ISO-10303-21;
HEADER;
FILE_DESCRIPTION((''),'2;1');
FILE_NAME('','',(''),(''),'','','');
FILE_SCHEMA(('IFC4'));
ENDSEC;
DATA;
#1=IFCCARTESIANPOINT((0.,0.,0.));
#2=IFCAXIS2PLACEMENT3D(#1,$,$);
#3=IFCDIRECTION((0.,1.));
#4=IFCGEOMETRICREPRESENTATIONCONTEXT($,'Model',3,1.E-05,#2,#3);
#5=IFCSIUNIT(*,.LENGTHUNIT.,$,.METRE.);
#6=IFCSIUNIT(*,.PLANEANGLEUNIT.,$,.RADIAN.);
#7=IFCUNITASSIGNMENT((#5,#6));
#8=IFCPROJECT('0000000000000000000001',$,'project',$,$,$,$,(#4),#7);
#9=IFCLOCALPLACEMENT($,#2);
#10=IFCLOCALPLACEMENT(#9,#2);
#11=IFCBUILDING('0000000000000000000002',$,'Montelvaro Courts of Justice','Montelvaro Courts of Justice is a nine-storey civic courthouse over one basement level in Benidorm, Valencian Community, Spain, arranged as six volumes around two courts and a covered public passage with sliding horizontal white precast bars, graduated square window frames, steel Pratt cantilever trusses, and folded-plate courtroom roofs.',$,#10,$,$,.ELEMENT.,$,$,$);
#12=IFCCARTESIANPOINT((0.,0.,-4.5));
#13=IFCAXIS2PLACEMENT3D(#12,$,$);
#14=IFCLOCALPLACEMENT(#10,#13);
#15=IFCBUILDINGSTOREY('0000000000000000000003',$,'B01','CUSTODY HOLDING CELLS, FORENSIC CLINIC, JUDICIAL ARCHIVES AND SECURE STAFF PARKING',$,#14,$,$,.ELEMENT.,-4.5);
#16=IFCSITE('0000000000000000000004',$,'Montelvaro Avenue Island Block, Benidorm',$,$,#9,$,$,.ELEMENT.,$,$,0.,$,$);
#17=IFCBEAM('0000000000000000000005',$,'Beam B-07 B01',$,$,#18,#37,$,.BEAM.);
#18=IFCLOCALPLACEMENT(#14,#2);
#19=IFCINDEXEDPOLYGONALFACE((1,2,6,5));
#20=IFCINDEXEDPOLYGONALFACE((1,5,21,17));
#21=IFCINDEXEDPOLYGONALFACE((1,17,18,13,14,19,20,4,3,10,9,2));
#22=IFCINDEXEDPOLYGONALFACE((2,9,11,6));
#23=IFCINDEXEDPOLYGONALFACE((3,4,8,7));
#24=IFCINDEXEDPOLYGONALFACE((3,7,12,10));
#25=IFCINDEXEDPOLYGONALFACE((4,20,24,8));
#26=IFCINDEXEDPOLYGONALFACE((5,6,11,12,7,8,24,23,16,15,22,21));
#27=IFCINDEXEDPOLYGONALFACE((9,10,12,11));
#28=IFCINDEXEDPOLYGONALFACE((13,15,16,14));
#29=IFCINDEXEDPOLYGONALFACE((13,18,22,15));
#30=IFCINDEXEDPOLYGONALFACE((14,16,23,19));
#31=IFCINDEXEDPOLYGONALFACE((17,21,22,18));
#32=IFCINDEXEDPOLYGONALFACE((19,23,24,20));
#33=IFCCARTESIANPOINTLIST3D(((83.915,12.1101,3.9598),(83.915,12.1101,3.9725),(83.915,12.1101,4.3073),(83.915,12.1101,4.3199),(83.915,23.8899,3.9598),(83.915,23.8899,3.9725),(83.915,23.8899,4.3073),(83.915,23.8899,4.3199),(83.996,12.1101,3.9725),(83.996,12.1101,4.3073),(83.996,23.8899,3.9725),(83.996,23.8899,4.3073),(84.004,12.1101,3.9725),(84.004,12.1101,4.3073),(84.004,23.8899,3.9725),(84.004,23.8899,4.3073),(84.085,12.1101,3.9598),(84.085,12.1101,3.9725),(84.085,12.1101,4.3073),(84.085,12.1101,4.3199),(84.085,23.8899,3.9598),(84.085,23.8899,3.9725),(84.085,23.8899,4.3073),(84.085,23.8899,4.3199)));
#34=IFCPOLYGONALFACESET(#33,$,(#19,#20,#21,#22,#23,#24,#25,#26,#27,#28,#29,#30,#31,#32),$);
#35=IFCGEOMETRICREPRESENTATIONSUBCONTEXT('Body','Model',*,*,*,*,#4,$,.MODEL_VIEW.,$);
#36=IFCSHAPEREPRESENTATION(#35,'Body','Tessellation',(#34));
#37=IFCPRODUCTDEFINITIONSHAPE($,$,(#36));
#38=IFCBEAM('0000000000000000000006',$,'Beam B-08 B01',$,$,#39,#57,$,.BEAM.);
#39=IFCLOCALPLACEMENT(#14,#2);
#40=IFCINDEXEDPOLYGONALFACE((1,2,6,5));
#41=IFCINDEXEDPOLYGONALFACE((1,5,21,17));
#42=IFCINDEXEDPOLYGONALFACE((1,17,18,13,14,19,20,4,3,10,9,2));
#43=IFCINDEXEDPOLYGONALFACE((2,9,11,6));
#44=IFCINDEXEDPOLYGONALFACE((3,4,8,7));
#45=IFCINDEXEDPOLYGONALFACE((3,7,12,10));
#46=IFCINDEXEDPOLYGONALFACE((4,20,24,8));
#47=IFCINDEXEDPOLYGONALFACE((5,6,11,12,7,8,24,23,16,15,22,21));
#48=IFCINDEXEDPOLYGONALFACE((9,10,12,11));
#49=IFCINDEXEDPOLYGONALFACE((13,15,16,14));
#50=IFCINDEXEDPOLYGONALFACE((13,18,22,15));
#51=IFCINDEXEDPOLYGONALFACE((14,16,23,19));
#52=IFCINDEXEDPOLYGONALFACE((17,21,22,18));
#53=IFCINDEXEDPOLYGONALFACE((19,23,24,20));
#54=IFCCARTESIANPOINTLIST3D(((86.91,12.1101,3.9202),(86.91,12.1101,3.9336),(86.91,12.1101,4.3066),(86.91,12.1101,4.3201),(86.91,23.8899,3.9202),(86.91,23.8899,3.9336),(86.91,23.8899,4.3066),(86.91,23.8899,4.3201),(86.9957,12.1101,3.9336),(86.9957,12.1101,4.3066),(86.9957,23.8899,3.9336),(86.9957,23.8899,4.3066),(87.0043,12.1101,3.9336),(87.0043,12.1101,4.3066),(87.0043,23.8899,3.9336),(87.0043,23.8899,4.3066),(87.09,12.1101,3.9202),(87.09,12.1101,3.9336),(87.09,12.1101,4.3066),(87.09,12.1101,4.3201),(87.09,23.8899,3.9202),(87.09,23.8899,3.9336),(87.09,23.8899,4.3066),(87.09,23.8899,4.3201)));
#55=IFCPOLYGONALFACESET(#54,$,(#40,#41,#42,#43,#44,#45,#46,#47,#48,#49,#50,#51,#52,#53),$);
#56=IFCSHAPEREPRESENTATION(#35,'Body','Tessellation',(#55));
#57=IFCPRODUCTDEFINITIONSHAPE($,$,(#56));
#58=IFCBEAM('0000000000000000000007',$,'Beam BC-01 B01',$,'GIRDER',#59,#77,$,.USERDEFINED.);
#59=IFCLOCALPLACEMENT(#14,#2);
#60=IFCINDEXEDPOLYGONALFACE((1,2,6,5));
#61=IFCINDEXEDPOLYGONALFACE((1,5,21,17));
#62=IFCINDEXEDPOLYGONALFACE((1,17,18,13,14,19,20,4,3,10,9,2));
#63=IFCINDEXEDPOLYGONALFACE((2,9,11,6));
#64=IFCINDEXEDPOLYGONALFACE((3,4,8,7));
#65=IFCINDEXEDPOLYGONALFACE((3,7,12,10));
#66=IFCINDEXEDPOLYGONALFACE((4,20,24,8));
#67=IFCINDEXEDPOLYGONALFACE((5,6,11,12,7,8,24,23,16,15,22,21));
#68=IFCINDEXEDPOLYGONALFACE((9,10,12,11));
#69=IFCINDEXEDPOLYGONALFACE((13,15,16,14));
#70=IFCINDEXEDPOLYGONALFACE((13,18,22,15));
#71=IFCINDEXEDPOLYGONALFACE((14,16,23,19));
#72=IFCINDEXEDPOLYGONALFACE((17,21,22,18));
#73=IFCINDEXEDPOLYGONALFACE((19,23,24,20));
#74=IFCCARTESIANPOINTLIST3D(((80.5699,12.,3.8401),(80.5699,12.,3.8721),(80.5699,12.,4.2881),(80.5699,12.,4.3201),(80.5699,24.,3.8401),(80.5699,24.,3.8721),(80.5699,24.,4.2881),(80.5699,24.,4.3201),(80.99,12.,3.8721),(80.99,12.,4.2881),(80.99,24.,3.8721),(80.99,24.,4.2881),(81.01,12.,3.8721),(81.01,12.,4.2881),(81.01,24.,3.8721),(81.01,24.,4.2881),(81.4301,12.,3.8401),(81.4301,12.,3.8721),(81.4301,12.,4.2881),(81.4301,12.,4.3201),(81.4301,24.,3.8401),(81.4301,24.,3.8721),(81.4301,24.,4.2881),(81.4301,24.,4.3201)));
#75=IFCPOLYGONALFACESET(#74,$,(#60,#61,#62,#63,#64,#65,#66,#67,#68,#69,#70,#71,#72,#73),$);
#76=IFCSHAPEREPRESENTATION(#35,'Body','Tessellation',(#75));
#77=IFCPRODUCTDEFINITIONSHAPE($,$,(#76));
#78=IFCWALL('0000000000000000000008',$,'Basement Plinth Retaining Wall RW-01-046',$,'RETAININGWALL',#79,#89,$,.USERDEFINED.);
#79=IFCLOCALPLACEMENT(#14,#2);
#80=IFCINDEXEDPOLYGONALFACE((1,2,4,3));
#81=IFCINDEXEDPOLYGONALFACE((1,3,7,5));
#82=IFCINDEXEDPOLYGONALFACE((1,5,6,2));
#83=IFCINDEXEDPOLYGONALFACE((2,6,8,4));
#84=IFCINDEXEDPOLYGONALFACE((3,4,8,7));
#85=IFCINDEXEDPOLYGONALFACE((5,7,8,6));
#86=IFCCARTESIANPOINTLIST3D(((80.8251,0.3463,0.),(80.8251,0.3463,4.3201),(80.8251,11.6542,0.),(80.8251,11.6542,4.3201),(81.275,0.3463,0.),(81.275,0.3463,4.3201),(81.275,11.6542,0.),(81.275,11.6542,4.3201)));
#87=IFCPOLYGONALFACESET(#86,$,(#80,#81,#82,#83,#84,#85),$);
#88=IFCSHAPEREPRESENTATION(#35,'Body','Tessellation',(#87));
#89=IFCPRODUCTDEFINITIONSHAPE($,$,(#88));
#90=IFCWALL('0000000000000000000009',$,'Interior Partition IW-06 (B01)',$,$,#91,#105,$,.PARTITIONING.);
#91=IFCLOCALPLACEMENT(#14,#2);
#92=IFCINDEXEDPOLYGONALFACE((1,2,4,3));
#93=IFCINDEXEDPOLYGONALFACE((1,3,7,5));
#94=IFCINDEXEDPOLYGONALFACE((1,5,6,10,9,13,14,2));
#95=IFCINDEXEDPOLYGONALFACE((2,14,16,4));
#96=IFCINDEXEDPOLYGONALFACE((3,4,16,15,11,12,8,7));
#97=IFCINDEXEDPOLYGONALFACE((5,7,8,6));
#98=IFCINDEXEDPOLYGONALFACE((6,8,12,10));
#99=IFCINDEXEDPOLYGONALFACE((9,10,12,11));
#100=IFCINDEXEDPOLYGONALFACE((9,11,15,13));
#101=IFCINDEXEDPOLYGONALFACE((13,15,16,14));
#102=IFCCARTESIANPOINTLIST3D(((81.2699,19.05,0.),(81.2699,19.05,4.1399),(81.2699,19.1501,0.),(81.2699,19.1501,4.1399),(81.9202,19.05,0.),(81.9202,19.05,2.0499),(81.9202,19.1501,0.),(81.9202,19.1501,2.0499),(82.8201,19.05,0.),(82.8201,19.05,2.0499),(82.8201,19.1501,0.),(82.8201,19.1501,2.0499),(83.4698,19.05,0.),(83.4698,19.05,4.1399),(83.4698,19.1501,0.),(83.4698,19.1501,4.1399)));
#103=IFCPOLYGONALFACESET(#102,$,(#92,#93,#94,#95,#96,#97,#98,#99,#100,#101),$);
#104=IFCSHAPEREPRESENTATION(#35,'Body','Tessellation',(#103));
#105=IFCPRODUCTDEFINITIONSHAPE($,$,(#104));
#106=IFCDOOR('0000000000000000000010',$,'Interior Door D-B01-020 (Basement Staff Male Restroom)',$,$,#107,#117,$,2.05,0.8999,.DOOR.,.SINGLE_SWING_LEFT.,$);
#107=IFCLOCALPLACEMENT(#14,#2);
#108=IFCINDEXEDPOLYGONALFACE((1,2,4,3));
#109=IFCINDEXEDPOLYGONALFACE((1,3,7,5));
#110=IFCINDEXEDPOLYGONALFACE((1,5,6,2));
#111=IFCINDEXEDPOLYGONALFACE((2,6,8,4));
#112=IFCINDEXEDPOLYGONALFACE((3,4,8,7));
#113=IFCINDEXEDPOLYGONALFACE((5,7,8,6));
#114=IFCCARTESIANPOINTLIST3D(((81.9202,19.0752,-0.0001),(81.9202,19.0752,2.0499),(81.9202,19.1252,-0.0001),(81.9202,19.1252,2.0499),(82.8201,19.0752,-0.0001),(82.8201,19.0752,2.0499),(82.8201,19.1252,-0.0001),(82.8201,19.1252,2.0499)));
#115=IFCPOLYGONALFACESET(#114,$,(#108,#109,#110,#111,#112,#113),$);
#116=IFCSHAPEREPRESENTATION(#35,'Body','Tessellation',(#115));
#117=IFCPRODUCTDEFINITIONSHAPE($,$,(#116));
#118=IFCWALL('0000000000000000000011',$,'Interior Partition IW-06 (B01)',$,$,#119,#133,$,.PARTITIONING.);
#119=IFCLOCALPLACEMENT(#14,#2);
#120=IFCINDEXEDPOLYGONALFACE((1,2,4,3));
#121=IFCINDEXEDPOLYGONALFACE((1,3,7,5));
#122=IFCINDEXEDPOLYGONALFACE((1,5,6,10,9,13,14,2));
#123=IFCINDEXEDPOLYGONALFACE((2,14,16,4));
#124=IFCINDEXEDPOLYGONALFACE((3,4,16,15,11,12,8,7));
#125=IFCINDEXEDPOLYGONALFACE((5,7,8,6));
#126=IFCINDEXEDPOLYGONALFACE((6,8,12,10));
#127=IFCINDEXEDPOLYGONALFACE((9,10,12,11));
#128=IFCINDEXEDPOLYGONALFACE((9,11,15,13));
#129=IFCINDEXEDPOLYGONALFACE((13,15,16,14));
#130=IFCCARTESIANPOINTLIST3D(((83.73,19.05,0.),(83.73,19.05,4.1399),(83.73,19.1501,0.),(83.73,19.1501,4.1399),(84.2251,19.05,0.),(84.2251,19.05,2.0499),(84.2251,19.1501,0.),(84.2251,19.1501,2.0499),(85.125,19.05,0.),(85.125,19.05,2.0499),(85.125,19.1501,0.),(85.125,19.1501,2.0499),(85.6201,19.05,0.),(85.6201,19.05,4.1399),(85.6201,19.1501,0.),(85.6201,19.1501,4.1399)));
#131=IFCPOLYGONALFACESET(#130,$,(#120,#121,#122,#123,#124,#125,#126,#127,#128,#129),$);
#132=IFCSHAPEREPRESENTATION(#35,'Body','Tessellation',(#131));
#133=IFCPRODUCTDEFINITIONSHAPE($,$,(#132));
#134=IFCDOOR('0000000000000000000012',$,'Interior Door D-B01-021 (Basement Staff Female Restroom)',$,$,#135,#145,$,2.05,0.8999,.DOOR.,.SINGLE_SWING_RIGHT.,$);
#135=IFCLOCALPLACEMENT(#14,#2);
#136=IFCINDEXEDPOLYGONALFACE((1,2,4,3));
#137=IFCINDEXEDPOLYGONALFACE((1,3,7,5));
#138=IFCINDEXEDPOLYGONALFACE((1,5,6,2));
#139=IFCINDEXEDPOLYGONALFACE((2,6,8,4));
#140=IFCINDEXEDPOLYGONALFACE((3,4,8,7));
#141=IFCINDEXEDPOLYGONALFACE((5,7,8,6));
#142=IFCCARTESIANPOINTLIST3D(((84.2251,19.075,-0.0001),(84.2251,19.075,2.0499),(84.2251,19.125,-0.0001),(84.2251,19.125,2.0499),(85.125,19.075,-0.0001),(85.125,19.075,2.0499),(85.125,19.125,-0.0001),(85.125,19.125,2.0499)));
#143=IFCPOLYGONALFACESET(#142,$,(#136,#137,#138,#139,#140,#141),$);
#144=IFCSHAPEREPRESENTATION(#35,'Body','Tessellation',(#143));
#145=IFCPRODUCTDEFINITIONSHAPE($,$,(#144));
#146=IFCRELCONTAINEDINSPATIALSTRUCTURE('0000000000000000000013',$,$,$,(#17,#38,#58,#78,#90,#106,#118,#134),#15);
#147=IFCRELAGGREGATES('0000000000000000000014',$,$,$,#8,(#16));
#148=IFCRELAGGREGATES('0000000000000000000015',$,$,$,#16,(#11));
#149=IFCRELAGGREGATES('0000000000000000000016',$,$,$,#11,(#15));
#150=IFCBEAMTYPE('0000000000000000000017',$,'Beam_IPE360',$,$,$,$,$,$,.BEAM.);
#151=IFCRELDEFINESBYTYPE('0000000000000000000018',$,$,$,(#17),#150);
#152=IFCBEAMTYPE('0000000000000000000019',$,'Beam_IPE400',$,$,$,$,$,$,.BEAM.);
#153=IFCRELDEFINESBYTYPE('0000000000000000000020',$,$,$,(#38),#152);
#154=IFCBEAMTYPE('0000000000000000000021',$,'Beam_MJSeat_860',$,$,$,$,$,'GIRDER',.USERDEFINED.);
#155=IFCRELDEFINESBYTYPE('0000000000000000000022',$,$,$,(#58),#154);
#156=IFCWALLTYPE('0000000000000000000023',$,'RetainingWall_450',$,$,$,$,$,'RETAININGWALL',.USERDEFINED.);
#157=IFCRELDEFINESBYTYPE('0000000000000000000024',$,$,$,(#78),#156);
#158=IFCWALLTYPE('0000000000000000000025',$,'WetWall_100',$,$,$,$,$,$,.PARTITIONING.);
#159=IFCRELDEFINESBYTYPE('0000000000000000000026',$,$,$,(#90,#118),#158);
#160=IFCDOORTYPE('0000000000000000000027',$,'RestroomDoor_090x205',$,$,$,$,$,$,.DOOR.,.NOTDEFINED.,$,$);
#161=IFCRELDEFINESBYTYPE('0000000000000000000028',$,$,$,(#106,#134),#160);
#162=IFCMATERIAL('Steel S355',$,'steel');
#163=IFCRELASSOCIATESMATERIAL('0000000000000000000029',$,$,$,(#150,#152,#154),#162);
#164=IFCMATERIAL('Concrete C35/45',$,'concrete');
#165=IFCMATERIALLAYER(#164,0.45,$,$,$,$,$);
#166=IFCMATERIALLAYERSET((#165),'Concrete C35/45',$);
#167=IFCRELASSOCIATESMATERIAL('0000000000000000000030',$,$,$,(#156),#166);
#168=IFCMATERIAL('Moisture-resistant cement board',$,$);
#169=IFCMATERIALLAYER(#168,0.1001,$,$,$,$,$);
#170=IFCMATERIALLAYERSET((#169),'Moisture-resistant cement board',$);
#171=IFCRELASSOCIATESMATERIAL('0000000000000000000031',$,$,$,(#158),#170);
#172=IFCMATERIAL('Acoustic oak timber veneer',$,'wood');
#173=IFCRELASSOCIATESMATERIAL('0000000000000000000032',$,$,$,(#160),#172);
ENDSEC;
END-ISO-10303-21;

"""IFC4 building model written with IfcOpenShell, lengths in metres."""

from ifc_helpers import new_model, si_unit, direction, frame, frame_2d, origin, origin_2d, place, context, subcontext, project, spatial, rectangle, i_section, extrude, material, layer, layer_set, material_profile, profile_set, type_object, element, fill, save


model = new_model("IFC4")

# Units and contexts
model_context = context("Model", 3, precision=1e-05, world=origin(), true_north=direction((0.0, 1.0)))
body_context = subcontext(model_context, "Body", "Model", "MODEL_VIEW")
ifc_project = project(units=[si_unit("LENGTHUNIT", "METRE"), si_unit("PLANEANGLEUNIT", "RADIAN")], contexts=[model_context])

# Site, building, storey
site_placement = place(None, origin())
site = spatial("IfcSite", under=ifc_project, at=site_placement, Name="Montelvaro Avenue Island Block, Benidorm", CompositionType="ELEMENT", RefElevation=0.0)
building_placement = place(site_placement, origin())
building = spatial("IfcBuilding", under=site, at=building_placement, Name="Montelvaro Courts of Justice", Description="Montelvaro Courts of Justice is a nine-storey civic courthouse over one basement level in Benidorm, Valencian Community, Spain, arranged as six volumes around two courts and a covered public passage with sliding horizontal white precast bars, graduated square window frames, steel Pratt cantilever trusses, and folded-plate courtroom roofs.", CompositionType="ELEMENT")
storey_placement = place(building_placement, frame((0.0, 0.0, -4.5)))
storey = spatial("IfcBuildingStorey", under=building, at=storey_placement, Name="B01", Description="CUSTODY HOLDING CELLS, FORENSIC CLINIC, JUDICIAL ARCHIVES AND SECURE STAFF PARKING", CompositionType="ELEMENT", Elevation=-4.5)

# Shared definitions
ifc_material_1 = material(Name="Concrete C35/45", Category="concrete")

# Beams
ifc_material_2 = material(Name="Steel S355", Category="steel")
ifc_material_profile_1 = material_profile(ifc_material_2, i_section(OverallWidth=0.1699, OverallDepth=0.3601, WebThickness=0.0081, FlangeThickness=0.0127, at=origin_2d()), Name="IPE 360")
ifc_profile_set_1 = profile_set([ifc_material_profile_1], Name="Steel S355")
beam_type_1 = type_object("IfcBeamType", Name="Beam_IPE360", PredefinedType="BEAM", material=ifc_profile_set_1)
beam_1_placement = place(storey_placement, frame((84.0, 12.1101, 4.1399), z_axis=(0.0, 1.0, 0.0), x_axis=(-1.0, 0.0, 0.0)))
element("IfcBeam", 1, at=beam_1_placement, inside=storey, type_object=beam_type_1, Name="Beam B-07 B01", PredefinedType="BEAM", context=body_context, shape_type="SweptSolid", body=[
    extrude(i_section(OverallWidth=0.1699, OverallDepth=0.3601, WebThickness=0.0081, FlangeThickness=0.0127, at=origin_2d()), origin(), (0.0, 0.0, 1.0), 11.7798),
])
ifc_material_profile_2 = material_profile(ifc_material_2, i_section(OverallWidth=0.1799, OverallDepth=0.3999, WebThickness=0.0085, FlangeThickness=0.0134, at=origin_2d()), Name="IPE 400")
ifc_profile_set_2 = profile_set([ifc_material_profile_2], Name="Steel S355")
beam_type_2 = type_object("IfcBeamType", Name="Beam_IPE400", PredefinedType="BEAM", material=ifc_profile_set_2)
beam_2_placement = place(storey_placement, frame((87.0, 12.1101, 4.1201), z_axis=(0.0, 1.0, 0.0), x_axis=(-1.0, 0.0, 0.0)))
element("IfcBeam", 2, at=beam_2_placement, inside=storey, type_object=beam_type_2, Name="Beam B-08 B01", PredefinedType="BEAM", context=body_context, shape_type="SweptSolid", body=[
    extrude(i_section(OverallWidth=0.1799, OverallDepth=0.3999, WebThickness=0.0085, FlangeThickness=0.0134, at=origin_2d()), origin(), (0.0, 0.0, 1.0), 11.7798),
])
ifc_material_profile_3 = material_profile(ifc_material_2, i_section(OverallWidth=0.8601, OverallDepth=0.48, WebThickness=0.02, FlangeThickness=0.032, at=origin_2d()), Name="HL 480x860")
ifc_profile_set_3 = profile_set([ifc_material_profile_3], Name="Steel S355")
beam_type_3 = type_object("IfcBeamType", Name="Beam_MJSeat_860", ElementType="GIRDER", PredefinedType="USERDEFINED", material=ifc_profile_set_3)
beam_3_placement = place(storey_placement, frame((81.0, 12.0, 4.0801), z_axis=(0.0, 1.0, 0.0), x_axis=(-1.0, 0.0, 0.0)))
element("IfcBeam", 3, at=beam_3_placement, inside=storey, type_object=beam_type_3, Name="Beam BC-01 B01", ObjectType="GIRDER", PredefinedType="USERDEFINED", context=body_context, shape_type="SweptSolid", body=[
    extrude(i_section(OverallWidth=0.8601, OverallDepth=0.48, WebThickness=0.02, FlangeThickness=0.032, at=origin_2d()), origin(), (0.0, 0.0, 1.0), 12.0),
])

# Wall
ifc_layer_1 = layer(ifc_material_1, 0.45)
ifc_layer_set_1 = layer_set([ifc_layer_1], Name="Concrete C35/45")
wall_type_1 = type_object("IfcWallType", Name="RetainingWall_450", ElementType="RETAININGWALL", PredefinedType="USERDEFINED", material=ifc_layer_set_1)
wall_1_placement = place(storey_placement, frame((81.05, 11.6541, 0.0), z_axis=(0.0, 0.0, 1.0), x_axis=(0.0, -1.0, 0.0)))
element("IfcWall", 4, at=wall_1_placement, inside=storey, type_object=wall_type_1, Name="Basement Plinth Retaining Wall RW-01-046", ObjectType="RETAININGWALL", PredefinedType="USERDEFINED", context=body_context, shape_type="SweptSolid", body=[
    extrude(rectangle(XDim=11.3079, YDim=0.45, at=frame_2d((5.6538, 0.0))), origin(), (0.0, 0.0, 1.0), 4.3201),
])

# Walls, openings, doors
ifc_material_3 = material(Name="Moisture-resistant cement board")
ifc_layer_2 = layer(ifc_material_3, 0.1001)
ifc_layer_set_2 = layer_set([ifc_layer_2], Name="Moisture-resistant cement board")
wall_type_2 = type_object("IfcWallType", Name="WetWall_100", PredefinedType="PARTITIONING", material=ifc_layer_set_2)
wall_2_placement = place(storey_placement, frame((83.47, 19.1001, 0.0), z_axis=(0.0, 0.0, 1.0), x_axis=(-1.0, 0.0, 0.0)))
wall_2 = element("IfcWall", 5, at=wall_2_placement, inside=storey, type_object=wall_type_2, Name="Interior Partition IW-06 (B01)", PredefinedType="PARTITIONING", context=body_context, shape_type="SweptSolid", body=[
    extrude(rectangle(XDim=2.2, YDim=0.1001, at=frame_2d((1.1001, 0.0))), origin(), (0.0, 0.0, 1.0), 4.1399),
])
opening_1_placement = place(wall_2_placement, frame((0.6499, 0.0, 0.0)))
opening_1 = element("IfcOpeningElement", 6, at=opening_1_placement, cuts=wall_2, PredefinedType="OPENING", context=body_context, shape_type="SweptSolid", body=[
    extrude(rectangle(XDim=0.8999, YDim=2.05, at=frame_2d((0.45, 1.0249))), frame((0.0, 0.0649, 0.0), z_axis=(0.0, -1.0, 0.0), x_axis=(1.0, 0.0, 0.0)), (0.0, 0.0, 1.0), 0.1299),
])
ifc_material_4 = material(Name="Acoustic oak timber veneer", Category="wood")
door_type_1 = type_object("IfcDoorType", Name="RestroomDoor_090x205", OperationType="NOTDEFINED", PredefinedType="DOOR", material=ifc_material_4)
door_1_placement = place(opening_1_placement, origin())
door_1 = element("IfcDoor", 7, at=door_1_placement, inside=storey, type_object=door_type_1, Name="Interior Door D-B01-020 (Basement Staff Male Restroom)", OperationType="SINGLE_SWING_LEFT", OverallHeight=2.05, OverallWidth=0.8999, PredefinedType="DOOR", context=body_context, shape_type="SweptSolid", body=[
    extrude(rectangle(XDim=0.8999, YDim=2.05, at=frame_2d((0.45, 1.0249))), frame((0.0, 0.0249, 0.0), z_axis=(0.0, -1.0, 0.0), x_axis=(1.0, 0.0, 0.0)), (0.0, 0.0, 1.0), 0.05),
])
fill(opening_1, door_1)
wall_3_placement = place(storey_placement, frame((85.6201, 19.1001, 0.0), z_axis=(0.0, 0.0, 1.0), x_axis=(-1.0, 0.0, 0.0)))
wall_3 = element("IfcWall", 8, at=wall_3_placement, inside=storey, type_object=wall_type_2, Name="Interior Partition IW-06 (B01)", PredefinedType="PARTITIONING", context=body_context, shape_type="SweptSolid", body=[
    extrude(rectangle(XDim=1.8901, YDim=0.1001, at=frame_2d((0.9451, 0.0))), origin(), (0.0, 0.0, 1.0), 4.1399),
])
opening_2_placement = place(wall_3_placement, frame((0.4951, 0.0, 0.0)))
opening_2 = element("IfcOpeningElement", 9, at=opening_2_placement, cuts=wall_3, PredefinedType="OPENING", context=body_context, shape_type="SweptSolid", body=[
    extrude(rectangle(XDim=0.8999, YDim=2.05, at=frame_2d((0.45, 1.0249))), frame((0.0, 0.0649, 0.0), z_axis=(0.0, -1.0, 0.0), x_axis=(1.0, 0.0, 0.0)), (0.0, 0.0, 1.0), 0.1299),
])
door_2_placement = place(opening_2_placement, frame((0.8999, 0.0, 0.0), z_axis=(0.0, 0.0, 1.0), x_axis=(-1.0, 0.0, 0.0)))
door_2 = element("IfcDoor", 10, at=door_2_placement, inside=storey, type_object=door_type_1, Name="Interior Door D-B01-021 (Basement Staff Female Restroom)", OperationType="SINGLE_SWING_RIGHT", OverallHeight=2.05, OverallWidth=0.8999, PredefinedType="DOOR", context=body_context, shape_type="SweptSolid", body=[
    extrude(rectangle(XDim=0.8999, YDim=2.05, at=frame_2d((0.45, 1.0249))), frame((0.0, 0.0249, 0.0), z_axis=(0.0, -1.0, 0.0), x_axis=(1.0, 0.0, 0.0)), (0.0, 0.0, 1.0), 0.05),
])
fill(opening_2, door_2)

save(model, "model.ifc")
